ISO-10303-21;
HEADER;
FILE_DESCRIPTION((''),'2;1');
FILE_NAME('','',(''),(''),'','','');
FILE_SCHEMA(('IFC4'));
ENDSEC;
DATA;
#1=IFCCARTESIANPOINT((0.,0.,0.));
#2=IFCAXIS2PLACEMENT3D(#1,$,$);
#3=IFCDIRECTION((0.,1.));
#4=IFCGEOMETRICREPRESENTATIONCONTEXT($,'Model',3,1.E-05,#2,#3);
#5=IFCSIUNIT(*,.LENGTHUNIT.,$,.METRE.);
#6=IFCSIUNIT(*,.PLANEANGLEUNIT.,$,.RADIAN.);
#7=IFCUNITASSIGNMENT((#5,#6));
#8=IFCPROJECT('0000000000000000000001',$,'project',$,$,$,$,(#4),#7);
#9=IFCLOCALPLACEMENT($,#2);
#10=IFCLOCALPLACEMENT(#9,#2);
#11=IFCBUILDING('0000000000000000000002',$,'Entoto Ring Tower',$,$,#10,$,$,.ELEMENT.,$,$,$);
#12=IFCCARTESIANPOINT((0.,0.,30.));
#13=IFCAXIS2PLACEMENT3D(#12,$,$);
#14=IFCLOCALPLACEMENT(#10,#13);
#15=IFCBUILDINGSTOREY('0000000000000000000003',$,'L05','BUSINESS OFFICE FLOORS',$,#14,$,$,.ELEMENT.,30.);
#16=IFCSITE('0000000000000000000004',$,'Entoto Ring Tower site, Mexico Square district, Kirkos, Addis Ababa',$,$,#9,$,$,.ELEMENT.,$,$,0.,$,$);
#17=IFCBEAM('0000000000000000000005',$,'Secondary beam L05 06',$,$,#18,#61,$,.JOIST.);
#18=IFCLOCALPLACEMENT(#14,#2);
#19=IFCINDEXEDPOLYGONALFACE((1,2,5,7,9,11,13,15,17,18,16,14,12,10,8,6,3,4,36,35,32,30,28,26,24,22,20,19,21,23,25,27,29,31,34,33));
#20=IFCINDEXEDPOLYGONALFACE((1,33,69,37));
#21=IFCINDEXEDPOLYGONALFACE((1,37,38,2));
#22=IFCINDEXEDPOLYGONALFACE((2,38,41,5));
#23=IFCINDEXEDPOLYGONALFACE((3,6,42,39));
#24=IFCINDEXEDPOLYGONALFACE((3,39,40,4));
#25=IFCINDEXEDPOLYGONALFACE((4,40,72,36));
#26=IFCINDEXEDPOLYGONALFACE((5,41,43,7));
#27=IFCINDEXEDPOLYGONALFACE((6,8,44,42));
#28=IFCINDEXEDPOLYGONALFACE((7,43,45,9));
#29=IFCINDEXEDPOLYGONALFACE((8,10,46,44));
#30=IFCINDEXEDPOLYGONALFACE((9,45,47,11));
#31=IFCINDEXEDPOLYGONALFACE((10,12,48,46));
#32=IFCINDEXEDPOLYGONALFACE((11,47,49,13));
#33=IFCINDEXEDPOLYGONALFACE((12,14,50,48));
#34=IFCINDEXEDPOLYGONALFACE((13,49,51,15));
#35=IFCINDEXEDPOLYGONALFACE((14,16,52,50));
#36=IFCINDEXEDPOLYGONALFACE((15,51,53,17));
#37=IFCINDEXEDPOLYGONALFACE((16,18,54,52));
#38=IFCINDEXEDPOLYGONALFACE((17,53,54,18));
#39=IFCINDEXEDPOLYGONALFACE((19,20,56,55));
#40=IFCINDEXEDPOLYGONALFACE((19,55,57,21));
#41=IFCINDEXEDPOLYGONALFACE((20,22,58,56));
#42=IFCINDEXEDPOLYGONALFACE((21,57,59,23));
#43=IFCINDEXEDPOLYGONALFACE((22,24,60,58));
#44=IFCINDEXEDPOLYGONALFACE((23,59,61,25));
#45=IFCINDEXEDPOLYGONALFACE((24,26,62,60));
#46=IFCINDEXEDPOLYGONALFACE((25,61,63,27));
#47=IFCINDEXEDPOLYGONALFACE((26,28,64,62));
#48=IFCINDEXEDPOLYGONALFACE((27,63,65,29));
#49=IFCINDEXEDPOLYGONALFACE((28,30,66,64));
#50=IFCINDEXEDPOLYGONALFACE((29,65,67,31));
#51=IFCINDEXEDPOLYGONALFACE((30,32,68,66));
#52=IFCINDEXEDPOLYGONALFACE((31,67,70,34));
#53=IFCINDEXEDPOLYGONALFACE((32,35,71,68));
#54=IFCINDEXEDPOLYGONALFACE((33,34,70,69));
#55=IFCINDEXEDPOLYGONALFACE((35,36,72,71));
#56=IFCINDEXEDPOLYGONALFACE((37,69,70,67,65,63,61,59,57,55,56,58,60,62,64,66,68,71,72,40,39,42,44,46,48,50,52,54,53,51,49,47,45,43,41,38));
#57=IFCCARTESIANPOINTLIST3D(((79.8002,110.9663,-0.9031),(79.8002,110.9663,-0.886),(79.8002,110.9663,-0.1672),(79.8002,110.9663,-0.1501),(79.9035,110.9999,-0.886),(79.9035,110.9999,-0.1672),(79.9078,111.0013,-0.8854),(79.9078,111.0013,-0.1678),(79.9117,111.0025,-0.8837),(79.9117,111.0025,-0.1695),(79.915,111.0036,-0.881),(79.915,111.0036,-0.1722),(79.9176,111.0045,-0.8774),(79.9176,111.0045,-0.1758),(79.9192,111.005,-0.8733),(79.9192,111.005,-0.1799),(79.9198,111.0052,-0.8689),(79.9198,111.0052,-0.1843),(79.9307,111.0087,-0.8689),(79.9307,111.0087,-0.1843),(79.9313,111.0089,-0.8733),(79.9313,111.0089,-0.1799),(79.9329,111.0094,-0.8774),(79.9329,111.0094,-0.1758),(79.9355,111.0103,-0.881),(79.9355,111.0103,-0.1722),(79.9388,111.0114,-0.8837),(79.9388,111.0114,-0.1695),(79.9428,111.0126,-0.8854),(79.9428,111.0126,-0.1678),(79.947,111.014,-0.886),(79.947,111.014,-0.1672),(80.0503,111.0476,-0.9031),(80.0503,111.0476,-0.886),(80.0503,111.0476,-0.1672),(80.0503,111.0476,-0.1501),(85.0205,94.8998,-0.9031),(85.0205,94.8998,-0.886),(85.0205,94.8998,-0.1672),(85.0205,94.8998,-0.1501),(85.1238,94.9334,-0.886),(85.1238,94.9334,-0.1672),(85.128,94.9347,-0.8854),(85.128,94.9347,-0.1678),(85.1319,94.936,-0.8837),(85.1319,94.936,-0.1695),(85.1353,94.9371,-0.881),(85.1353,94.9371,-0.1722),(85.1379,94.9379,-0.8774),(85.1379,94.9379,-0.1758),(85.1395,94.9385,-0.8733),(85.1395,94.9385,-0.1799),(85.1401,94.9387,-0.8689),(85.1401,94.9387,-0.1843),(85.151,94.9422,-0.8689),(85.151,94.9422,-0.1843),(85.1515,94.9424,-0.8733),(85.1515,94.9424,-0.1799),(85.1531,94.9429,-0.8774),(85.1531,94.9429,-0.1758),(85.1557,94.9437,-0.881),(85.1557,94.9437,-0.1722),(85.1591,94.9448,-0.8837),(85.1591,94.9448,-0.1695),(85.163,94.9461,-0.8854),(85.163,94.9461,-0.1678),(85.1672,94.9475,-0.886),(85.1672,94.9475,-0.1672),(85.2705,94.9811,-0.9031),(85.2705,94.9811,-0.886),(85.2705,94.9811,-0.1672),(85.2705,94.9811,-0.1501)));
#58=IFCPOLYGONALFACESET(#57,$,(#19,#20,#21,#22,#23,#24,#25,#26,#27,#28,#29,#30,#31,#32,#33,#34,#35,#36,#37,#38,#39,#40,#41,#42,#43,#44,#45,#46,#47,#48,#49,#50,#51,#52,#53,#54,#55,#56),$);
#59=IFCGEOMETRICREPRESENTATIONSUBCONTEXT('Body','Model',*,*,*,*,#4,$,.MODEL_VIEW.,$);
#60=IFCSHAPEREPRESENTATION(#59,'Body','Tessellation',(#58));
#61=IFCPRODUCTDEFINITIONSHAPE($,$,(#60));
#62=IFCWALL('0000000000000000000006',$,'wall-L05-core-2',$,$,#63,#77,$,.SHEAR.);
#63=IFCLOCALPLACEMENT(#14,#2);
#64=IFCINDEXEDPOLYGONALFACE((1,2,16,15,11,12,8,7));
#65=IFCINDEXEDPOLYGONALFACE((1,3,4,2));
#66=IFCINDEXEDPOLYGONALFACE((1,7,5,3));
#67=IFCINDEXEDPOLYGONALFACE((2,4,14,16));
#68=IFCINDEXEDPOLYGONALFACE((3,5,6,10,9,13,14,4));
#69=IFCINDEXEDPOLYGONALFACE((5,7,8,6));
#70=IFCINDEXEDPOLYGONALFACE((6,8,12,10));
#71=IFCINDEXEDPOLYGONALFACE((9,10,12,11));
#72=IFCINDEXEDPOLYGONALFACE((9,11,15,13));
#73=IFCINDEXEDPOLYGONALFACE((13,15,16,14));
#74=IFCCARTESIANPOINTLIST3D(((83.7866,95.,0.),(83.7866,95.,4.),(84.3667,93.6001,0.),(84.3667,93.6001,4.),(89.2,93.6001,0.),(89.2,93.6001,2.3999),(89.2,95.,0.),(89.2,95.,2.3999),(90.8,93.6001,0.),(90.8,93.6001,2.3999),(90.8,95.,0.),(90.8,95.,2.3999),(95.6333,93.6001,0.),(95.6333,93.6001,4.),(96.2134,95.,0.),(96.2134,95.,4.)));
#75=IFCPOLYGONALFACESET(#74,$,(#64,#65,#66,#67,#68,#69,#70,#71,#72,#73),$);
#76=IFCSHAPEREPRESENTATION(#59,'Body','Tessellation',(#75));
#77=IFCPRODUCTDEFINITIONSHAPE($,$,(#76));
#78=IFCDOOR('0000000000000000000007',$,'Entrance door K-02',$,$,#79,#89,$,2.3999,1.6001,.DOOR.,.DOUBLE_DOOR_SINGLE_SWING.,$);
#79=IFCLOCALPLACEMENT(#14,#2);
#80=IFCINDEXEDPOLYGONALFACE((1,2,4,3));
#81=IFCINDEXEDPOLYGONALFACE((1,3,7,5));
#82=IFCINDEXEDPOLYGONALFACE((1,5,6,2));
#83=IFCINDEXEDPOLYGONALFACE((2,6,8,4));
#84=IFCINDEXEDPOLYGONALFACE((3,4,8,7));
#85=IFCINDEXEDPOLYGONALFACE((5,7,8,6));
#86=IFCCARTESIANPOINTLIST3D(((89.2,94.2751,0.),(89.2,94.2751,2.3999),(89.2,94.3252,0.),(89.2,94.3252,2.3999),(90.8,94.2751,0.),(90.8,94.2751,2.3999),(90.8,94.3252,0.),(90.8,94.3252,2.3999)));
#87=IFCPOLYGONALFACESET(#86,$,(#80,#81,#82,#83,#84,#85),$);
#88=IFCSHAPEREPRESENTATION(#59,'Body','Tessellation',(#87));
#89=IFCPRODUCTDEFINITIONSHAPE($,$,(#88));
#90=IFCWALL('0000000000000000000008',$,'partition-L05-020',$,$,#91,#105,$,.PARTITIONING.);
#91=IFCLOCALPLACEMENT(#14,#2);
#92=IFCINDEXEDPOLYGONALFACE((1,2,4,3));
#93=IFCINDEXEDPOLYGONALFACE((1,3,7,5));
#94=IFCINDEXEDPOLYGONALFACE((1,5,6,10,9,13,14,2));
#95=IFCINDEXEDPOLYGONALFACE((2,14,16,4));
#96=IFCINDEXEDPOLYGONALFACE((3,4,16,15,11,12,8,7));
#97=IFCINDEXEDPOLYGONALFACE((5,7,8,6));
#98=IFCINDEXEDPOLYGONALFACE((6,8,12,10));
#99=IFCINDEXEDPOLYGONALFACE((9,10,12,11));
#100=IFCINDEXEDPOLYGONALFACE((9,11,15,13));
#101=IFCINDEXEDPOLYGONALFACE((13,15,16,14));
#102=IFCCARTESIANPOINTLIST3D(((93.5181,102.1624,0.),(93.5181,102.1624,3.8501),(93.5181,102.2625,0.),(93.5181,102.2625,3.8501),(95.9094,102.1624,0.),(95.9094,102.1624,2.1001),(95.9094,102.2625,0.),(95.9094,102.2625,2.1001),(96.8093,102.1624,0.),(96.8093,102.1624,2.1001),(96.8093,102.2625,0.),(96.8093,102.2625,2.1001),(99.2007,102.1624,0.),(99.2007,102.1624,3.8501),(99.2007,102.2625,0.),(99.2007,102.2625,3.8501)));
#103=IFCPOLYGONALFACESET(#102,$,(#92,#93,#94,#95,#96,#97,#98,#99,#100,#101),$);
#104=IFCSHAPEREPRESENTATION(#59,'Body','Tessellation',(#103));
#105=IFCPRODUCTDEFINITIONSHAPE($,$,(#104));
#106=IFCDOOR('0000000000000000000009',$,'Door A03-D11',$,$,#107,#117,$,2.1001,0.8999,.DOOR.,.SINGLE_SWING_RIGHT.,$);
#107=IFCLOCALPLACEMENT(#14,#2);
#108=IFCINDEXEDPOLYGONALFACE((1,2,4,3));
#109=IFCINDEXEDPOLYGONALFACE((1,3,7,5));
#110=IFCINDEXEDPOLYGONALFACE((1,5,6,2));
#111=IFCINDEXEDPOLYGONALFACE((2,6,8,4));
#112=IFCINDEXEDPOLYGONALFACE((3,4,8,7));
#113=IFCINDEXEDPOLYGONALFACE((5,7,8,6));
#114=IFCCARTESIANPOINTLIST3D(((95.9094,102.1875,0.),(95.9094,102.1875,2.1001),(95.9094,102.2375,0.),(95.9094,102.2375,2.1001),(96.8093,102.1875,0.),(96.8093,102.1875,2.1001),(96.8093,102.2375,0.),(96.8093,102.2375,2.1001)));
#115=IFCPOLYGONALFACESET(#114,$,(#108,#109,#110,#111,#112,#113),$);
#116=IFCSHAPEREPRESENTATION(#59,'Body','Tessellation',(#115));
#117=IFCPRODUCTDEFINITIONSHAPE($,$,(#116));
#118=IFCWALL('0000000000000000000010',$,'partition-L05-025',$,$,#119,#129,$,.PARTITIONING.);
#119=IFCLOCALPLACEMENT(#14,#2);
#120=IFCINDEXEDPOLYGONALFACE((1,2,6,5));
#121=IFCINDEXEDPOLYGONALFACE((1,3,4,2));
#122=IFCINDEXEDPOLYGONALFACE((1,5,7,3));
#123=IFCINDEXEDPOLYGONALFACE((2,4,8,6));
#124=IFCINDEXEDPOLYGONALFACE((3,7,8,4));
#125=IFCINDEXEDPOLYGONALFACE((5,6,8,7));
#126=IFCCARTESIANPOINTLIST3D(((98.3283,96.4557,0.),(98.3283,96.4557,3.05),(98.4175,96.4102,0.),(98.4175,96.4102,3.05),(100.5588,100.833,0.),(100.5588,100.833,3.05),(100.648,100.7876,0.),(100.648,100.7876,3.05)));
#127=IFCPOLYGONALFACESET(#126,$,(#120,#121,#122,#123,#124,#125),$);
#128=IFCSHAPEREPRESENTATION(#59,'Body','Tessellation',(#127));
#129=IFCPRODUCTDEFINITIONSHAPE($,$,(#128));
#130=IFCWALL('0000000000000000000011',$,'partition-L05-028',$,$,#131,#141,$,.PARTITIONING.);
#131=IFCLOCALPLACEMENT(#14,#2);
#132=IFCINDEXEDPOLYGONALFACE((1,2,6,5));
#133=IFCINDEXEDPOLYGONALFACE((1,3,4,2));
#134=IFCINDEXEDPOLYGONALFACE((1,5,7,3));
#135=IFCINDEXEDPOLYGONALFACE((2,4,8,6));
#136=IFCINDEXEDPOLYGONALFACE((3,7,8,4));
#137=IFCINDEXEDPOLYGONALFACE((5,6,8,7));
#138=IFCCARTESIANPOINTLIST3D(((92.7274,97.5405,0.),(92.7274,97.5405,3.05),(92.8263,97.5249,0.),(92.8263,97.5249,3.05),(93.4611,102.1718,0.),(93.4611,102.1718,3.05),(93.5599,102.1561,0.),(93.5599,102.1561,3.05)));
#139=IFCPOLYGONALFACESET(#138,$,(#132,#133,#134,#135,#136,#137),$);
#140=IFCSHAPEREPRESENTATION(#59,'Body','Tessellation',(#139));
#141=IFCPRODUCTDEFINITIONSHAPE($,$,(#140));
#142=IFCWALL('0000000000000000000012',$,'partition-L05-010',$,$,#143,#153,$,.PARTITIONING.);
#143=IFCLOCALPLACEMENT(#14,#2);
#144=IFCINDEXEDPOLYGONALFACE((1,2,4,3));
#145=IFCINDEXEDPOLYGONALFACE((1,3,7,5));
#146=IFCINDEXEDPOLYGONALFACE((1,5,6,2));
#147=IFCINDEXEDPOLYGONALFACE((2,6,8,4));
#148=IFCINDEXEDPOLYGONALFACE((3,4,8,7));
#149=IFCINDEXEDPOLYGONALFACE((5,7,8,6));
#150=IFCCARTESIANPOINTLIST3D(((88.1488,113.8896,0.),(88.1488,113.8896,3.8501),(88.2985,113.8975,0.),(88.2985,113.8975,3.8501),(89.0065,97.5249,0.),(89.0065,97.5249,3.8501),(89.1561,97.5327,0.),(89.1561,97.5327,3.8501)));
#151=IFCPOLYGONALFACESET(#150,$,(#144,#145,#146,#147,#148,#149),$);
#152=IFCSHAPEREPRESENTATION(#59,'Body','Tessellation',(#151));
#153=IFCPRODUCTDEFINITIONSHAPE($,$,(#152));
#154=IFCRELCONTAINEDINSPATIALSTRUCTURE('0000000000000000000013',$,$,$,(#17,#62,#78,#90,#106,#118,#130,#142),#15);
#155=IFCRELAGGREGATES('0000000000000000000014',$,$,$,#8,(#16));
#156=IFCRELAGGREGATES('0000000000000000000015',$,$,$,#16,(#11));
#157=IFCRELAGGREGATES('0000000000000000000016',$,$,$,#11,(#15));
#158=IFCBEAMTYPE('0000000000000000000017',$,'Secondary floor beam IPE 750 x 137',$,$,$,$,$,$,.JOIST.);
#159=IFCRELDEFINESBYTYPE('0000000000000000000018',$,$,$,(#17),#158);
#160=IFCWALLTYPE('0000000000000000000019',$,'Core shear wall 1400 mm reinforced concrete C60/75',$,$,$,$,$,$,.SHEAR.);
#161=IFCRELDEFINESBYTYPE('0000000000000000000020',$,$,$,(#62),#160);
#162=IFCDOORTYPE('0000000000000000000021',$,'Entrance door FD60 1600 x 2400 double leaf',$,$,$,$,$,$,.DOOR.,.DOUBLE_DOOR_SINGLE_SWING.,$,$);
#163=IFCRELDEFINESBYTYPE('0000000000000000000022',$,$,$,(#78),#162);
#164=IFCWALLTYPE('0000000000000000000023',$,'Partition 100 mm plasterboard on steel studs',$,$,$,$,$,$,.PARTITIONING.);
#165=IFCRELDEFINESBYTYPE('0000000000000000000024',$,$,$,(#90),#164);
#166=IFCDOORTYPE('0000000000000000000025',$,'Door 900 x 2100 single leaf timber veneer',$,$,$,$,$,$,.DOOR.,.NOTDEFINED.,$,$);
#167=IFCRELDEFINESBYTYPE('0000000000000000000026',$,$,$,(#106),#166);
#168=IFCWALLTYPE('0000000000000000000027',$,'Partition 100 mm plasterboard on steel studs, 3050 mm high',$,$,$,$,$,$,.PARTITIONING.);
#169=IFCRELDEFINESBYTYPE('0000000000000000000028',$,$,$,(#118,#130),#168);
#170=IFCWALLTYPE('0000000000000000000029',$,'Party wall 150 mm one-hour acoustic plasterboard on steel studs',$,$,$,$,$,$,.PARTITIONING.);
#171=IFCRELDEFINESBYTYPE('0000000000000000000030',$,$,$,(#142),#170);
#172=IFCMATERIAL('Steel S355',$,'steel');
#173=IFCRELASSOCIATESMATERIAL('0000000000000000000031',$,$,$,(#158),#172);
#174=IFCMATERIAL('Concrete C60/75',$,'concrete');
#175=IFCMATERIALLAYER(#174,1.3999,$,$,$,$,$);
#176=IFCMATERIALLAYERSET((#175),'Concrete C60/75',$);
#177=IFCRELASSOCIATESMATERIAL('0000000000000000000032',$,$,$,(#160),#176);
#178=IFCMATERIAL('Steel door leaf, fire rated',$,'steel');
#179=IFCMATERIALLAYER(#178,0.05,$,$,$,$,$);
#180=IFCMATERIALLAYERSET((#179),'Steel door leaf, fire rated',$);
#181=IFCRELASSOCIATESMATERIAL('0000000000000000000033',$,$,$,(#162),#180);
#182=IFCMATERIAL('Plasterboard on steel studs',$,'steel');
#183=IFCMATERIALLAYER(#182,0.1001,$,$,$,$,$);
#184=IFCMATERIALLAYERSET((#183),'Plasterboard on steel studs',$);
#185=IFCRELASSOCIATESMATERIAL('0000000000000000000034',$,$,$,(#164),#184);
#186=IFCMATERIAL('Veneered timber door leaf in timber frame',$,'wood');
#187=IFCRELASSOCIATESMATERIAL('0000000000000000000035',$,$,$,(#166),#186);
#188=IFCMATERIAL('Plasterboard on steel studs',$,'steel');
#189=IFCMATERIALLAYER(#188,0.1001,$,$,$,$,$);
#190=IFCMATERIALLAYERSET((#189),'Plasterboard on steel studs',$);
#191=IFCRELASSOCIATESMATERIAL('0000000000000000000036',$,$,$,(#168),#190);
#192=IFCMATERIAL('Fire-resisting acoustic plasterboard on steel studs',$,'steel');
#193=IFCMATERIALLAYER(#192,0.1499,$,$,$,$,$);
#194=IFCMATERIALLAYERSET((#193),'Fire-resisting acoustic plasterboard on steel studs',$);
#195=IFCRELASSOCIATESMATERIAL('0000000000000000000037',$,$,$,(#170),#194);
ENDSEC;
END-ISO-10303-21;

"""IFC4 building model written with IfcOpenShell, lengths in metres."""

from ifc_helpers import new_model, si_unit, direction, frame, frame_2d, origin, origin_2d, place, context, subcontext, project, spatial, polyline, rectangle, i_section, outline, extrude, material, layer, layer_set, material_profile, profile_set, type_object, element, fill, save


model = new_model("IFC4")

# Units and contexts
model_context = context("Model", 3, precision=1e-05, world=origin(), true_north=direction((0.0, 1.0)))
body_context = subcontext(model_context, "Body", "Model", "MODEL_VIEW")
ifc_project = project(units=[si_unit("LENGTHUNIT", "METRE"), si_unit("PLANEANGLEUNIT", "RADIAN")], contexts=[model_context])

# Site, building, storey
site_placement = place(None, origin())
site = spatial("IfcSite", under=ifc_project, at=site_placement, Name="Entoto Ring Tower site, Mexico Square district, Kirkos, Addis Ababa", CompositionType="ELEMENT", RefElevation=0.0)
building_placement = place(site_placement, origin())
building = spatial("IfcBuilding", under=site, at=building_placement, Name="Entoto Ring Tower", CompositionType="ELEMENT")
storey_placement = place(building_placement, frame((0.0, 0.0, 30.0)))
storey = spatial("IfcBuildingStorey", under=building, at=storey_placement, Name="L05", Description="BUSINESS OFFICE FLOORS", CompositionType="ELEMENT", Elevation=30.0)

# Beam
ifc_material_1 = material(Name="Steel S355", Category="steel")
ifc_material_profile_1 = material_profile(ifc_material_1, i_section(OverallWidth=0.2629, OverallDepth=0.7529, WebThickness=0.0115, FlangeThickness=0.0171, FilletRadius=0.0171, at=origin_2d()), Name="IPE 750 x 137")
ifc_profile_set_1 = profile_set([ifc_material_profile_1], Name="Steel S355")
beam_type_1 = type_object("IfcBeamType", Name="Secondary floor beam IPE 750 x 137", PredefinedType="JOIST", material=ifc_profile_set_1)
beam_1_placement = place(storey_placement, frame((85.1455, 94.9404, -0.5266), z_axis=(-0.309013, 0.951058, 0.0), x_axis=(-0.951058, -0.309013, 0.0)))
element("IfcBeam", 1, at=beam_1_placement, inside=storey, type_object=beam_type_1, Name="Secondary beam L05 06", PredefinedType="JOIST", context=body_context, shape_type="SweptSolid", body=[
    extrude(i_section(OverallWidth=0.2629, OverallDepth=0.7529, WebThickness=0.0115, FlangeThickness=0.0171, FilletRadius=0.0171, at=origin_2d()), origin(), (0.0, 0.0, 1.0), 16.8933),
])

# Walls, openings, doors
ifc_material_2 = material(Name="Concrete C60/75", Category="concrete")
ifc_layer_1 = layer(ifc_material_2, 1.3999)
ifc_layer_set_1 = layer_set([ifc_layer_1], Name="Concrete C60/75")
wall_type_1 = type_object("IfcWallType", Name="Core shear wall 1400 mm reinforced concrete C60/75", PredefinedType="SHEAR", material=ifc_layer_set_1)
wall_1_placement = place(storey_placement, frame((95.9233, 94.3, 0.0), z_axis=(0.0, 0.0, 1.0), x_axis=(-1.0, 0.0, 0.0)))
wall_1 = element("IfcWall", 2, at=wall_1_placement, inside=storey, type_object=wall_type_1, Name="wall-L05-core-2", PredefinedType="SHEAR", context=body_context, shape_type="SweptSolid", body=[
    extrude(outline(polyline([(-0.29, -0.7), (12.1367, -0.7), (11.5566, 0.7), (0.29, 0.7), (-0.29, -0.7)])), origin(), (0.0, 0.0, 1.0), 4.0),
])
opening_1_placement = place(wall_1_placement, frame((5.1233, 0.0, 0.0)))
opening_1 = element("IfcOpeningElement", 3, at=opening_1_placement, cuts=wall_1, PredefinedType="OPENING", context=body_context, shape_type="SweptSolid", body=[
    extrude(rectangle(XDim=1.6001, YDim=2.3999, at=frame_2d((0.8, 1.2))), frame((0.0, 0.71, 0.0), z_axis=(0.0, -1.0, 0.0), x_axis=(1.0, 0.0, 0.0)), (0.0, 0.0, 1.0), 1.4199),
])
ifc_material_3 = material(Name="Steel door leaf, fire rated", Category="steel")
ifc_layer_2 = layer(ifc_material_3, 0.05)
ifc_layer_set_2 = layer_set([ifc_layer_2], Name="Steel door leaf, fire rated")
door_type_1 = type_object("IfcDoorType", Name="Entrance door FD60 1600 x 2400 double leaf", OperationType="DOUBLE_DOOR_SINGLE_SWING", PredefinedType="DOOR", material=ifc_layer_set_2)
door_1_placement = place(opening_1_placement, origin())
door_1 = element("IfcDoor", 4, at=door_1_placement, inside=storey, type_object=door_type_1, Name="Entrance door K-02", OperationType="DOUBLE_DOOR_SINGLE_SWING", OverallHeight=2.3999, OverallWidth=1.6001, PredefinedType="DOOR", context=body_context, shape_type="SweptSolid", body=[
    extrude(rectangle(XDim=1.6001, YDim=2.3999, at=frame_2d((0.8, 1.2))), frame((0.0, 0.0249, 0.0), z_axis=(0.0, -1.0, 0.0), x_axis=(1.0, 0.0, 0.0)), (0.0, 0.0, 1.0), 0.05),
])
fill(opening_1, door_1)
ifc_material_4 = material(Name="Plasterboard on steel studs", Category="steel")
ifc_layer_3 = layer(ifc_material_4, 0.1001)
ifc_layer_set_3 = layer_set([ifc_layer_3], Name="Plasterboard on steel studs")
wall_type_2 = type_object("IfcWallType", Name="Partition 100 mm plasterboard on steel studs", PredefinedType="PARTITIONING", material=ifc_layer_set_3)
wall_2_placement = place(storey_placement, frame((93.5181, 102.2124, 0.0), z_axis=(0.0, 0.0, 1.0), x_axis=(1.0, 0.0, 0.0)))
wall_2 = element("IfcWall", 5, at=wall_2_placement, inside=storey, type_object=wall_type_2, Name="partition-L05-020", PredefinedType="PARTITIONING", context=body_context, shape_type="SweptSolid", body=[
    extrude(rectangle(XDim=5.6826, YDim=0.1001, at=frame_2d((2.8413, 0.0))), origin(), (0.0, 0.0, 1.0), 3.8501),
])
opening_2_placement = place(wall_2_placement, frame((2.3914, 0.0, 0.0)))
opening_2 = element("IfcOpeningElement", 6, at=opening_2_placement, cuts=wall_2, PredefinedType="OPENING", context=body_context, shape_type="SweptSolid", body=[
    extrude(rectangle(XDim=0.8999, YDim=2.1001, at=frame_2d((0.45, 1.05))), frame((0.0, 0.0601, 0.0), z_axis=(0.0, -1.0, 0.0), x_axis=(1.0, 0.0, 0.0)), (0.0, 0.0, 1.0), 0.1201),
])
ifc_material_5 = material(Name="Veneered timber door leaf in timber frame", Category="wood")
door_type_2 = type_object("IfcDoorType", Name="Door 900 x 2100 single leaf timber veneer", OperationType="NOTDEFINED", PredefinedType="DOOR", material=ifc_material_5)
door_2_placement = place(opening_2_placement, frame((0.8999, 0.0, 0.0), z_axis=(0.0, 0.0, 1.0), x_axis=(-1.0, 0.0, 0.0)))
door_2 = element("IfcDoor", 7, at=door_2_placement, inside=storey, type_object=door_type_2, Name="Door A03-D11", OperationType="SINGLE_SWING_RIGHT", OverallHeight=2.1001, OverallWidth=0.8999, PredefinedType="DOOR", context=body_context, shape_type="SweptSolid", body=[
    extrude(rectangle(XDim=0.8999, YDim=2.1001, at=frame_2d((0.45, 1.05))), frame((0.0, 0.0249, 0.0), z_axis=(0.0, -1.0, 0.0), x_axis=(1.0, 0.0, 0.0)), (0.0, 0.0, 1.0), 0.05),
])
fill(opening_2, door_2)

# Walls
ifc_material_6 = material(Name="Plasterboard on steel studs", Category="steel")
ifc_layer_4 = layer(ifc_material_6, 0.1001)
ifc_layer_set_4 = layer_set([ifc_layer_4], Name="Plasterboard on steel studs")
wall_type_3 = type_object("IfcWallType", Name="Partition 100 mm plasterboard on steel studs, 3050 mm high", PredefinedType="PARTITIONING", material=ifc_layer_set_4)
wall_3_placement = place(storey_placement, frame((98.3728, 96.4329, 0.0), z_axis=(0.0, 0.0, 1.0), x_axis=(0.454019, 0.890992, 0.0)))
element("IfcWall", 8, at=wall_3_placement, inside=storey, type_object=wall_type_3, Name="partition-L05-025", PredefinedType="PARTITIONING", context=body_context, shape_type="SweptSolid", body=[
    extrude(rectangle(XDim=4.9128, YDim=0.1001, at=frame_2d((2.4565, 0.0))), origin(), (0.0, 0.0, 1.0), 3.05),
])
wall_4_placement = place(storey_placement, frame((92.7769, 97.5327, 0.0), z_axis=(0.0, 0.0, 1.0), x_axis=(0.156465, 0.987683, 0.0)))
element("IfcWall", 9, at=wall_4_placement, inside=storey, type_object=wall_type_3, Name="partition-L05-028", PredefinedType="PARTITIONING", context=body_context, shape_type="SweptSolid", body=[
    extrude(rectangle(XDim=4.689, YDim=0.1001, at=frame_2d((2.3445, 0.0))), origin(), (0.0, 0.0, 1.0), 3.05),
])
ifc_material_7 = material(Name="Fire-resisting acoustic plasterboard on steel studs", Category="steel")
ifc_layer_5 = layer(ifc_material_7, 0.1499)
ifc_layer_set_5 = layer_set([ifc_layer_5], Name="Fire-resisting acoustic plasterboard on steel studs")
wall_type_4 = type_object("IfcWallType", Name="Party wall 150 mm one-hour acoustic plasterboard on steel studs", PredefinedType="PARTITIONING", material=ifc_layer_set_5)
wall_5_placement = place(storey_placement, frame((89.0813, 97.5288, 0.0), z_axis=(0.0, 0.0, 1.0), x_axis=(-0.052338, 0.998629, 0.0)))
element("IfcWall", 10, at=wall_5_placement, inside=storey, type_object=wall_type_4, Name="partition-L05-010", PredefinedType="PARTITIONING", context=body_context, shape_type="SweptSolid", body=[
    extrude(rectangle(XDim=16.3872, YDim=0.1499, at=frame_2d((8.1936, 0.0))), origin(), (0.0, 0.0, 1.0), 3.8501),
])

save(model, "model.ifc")
